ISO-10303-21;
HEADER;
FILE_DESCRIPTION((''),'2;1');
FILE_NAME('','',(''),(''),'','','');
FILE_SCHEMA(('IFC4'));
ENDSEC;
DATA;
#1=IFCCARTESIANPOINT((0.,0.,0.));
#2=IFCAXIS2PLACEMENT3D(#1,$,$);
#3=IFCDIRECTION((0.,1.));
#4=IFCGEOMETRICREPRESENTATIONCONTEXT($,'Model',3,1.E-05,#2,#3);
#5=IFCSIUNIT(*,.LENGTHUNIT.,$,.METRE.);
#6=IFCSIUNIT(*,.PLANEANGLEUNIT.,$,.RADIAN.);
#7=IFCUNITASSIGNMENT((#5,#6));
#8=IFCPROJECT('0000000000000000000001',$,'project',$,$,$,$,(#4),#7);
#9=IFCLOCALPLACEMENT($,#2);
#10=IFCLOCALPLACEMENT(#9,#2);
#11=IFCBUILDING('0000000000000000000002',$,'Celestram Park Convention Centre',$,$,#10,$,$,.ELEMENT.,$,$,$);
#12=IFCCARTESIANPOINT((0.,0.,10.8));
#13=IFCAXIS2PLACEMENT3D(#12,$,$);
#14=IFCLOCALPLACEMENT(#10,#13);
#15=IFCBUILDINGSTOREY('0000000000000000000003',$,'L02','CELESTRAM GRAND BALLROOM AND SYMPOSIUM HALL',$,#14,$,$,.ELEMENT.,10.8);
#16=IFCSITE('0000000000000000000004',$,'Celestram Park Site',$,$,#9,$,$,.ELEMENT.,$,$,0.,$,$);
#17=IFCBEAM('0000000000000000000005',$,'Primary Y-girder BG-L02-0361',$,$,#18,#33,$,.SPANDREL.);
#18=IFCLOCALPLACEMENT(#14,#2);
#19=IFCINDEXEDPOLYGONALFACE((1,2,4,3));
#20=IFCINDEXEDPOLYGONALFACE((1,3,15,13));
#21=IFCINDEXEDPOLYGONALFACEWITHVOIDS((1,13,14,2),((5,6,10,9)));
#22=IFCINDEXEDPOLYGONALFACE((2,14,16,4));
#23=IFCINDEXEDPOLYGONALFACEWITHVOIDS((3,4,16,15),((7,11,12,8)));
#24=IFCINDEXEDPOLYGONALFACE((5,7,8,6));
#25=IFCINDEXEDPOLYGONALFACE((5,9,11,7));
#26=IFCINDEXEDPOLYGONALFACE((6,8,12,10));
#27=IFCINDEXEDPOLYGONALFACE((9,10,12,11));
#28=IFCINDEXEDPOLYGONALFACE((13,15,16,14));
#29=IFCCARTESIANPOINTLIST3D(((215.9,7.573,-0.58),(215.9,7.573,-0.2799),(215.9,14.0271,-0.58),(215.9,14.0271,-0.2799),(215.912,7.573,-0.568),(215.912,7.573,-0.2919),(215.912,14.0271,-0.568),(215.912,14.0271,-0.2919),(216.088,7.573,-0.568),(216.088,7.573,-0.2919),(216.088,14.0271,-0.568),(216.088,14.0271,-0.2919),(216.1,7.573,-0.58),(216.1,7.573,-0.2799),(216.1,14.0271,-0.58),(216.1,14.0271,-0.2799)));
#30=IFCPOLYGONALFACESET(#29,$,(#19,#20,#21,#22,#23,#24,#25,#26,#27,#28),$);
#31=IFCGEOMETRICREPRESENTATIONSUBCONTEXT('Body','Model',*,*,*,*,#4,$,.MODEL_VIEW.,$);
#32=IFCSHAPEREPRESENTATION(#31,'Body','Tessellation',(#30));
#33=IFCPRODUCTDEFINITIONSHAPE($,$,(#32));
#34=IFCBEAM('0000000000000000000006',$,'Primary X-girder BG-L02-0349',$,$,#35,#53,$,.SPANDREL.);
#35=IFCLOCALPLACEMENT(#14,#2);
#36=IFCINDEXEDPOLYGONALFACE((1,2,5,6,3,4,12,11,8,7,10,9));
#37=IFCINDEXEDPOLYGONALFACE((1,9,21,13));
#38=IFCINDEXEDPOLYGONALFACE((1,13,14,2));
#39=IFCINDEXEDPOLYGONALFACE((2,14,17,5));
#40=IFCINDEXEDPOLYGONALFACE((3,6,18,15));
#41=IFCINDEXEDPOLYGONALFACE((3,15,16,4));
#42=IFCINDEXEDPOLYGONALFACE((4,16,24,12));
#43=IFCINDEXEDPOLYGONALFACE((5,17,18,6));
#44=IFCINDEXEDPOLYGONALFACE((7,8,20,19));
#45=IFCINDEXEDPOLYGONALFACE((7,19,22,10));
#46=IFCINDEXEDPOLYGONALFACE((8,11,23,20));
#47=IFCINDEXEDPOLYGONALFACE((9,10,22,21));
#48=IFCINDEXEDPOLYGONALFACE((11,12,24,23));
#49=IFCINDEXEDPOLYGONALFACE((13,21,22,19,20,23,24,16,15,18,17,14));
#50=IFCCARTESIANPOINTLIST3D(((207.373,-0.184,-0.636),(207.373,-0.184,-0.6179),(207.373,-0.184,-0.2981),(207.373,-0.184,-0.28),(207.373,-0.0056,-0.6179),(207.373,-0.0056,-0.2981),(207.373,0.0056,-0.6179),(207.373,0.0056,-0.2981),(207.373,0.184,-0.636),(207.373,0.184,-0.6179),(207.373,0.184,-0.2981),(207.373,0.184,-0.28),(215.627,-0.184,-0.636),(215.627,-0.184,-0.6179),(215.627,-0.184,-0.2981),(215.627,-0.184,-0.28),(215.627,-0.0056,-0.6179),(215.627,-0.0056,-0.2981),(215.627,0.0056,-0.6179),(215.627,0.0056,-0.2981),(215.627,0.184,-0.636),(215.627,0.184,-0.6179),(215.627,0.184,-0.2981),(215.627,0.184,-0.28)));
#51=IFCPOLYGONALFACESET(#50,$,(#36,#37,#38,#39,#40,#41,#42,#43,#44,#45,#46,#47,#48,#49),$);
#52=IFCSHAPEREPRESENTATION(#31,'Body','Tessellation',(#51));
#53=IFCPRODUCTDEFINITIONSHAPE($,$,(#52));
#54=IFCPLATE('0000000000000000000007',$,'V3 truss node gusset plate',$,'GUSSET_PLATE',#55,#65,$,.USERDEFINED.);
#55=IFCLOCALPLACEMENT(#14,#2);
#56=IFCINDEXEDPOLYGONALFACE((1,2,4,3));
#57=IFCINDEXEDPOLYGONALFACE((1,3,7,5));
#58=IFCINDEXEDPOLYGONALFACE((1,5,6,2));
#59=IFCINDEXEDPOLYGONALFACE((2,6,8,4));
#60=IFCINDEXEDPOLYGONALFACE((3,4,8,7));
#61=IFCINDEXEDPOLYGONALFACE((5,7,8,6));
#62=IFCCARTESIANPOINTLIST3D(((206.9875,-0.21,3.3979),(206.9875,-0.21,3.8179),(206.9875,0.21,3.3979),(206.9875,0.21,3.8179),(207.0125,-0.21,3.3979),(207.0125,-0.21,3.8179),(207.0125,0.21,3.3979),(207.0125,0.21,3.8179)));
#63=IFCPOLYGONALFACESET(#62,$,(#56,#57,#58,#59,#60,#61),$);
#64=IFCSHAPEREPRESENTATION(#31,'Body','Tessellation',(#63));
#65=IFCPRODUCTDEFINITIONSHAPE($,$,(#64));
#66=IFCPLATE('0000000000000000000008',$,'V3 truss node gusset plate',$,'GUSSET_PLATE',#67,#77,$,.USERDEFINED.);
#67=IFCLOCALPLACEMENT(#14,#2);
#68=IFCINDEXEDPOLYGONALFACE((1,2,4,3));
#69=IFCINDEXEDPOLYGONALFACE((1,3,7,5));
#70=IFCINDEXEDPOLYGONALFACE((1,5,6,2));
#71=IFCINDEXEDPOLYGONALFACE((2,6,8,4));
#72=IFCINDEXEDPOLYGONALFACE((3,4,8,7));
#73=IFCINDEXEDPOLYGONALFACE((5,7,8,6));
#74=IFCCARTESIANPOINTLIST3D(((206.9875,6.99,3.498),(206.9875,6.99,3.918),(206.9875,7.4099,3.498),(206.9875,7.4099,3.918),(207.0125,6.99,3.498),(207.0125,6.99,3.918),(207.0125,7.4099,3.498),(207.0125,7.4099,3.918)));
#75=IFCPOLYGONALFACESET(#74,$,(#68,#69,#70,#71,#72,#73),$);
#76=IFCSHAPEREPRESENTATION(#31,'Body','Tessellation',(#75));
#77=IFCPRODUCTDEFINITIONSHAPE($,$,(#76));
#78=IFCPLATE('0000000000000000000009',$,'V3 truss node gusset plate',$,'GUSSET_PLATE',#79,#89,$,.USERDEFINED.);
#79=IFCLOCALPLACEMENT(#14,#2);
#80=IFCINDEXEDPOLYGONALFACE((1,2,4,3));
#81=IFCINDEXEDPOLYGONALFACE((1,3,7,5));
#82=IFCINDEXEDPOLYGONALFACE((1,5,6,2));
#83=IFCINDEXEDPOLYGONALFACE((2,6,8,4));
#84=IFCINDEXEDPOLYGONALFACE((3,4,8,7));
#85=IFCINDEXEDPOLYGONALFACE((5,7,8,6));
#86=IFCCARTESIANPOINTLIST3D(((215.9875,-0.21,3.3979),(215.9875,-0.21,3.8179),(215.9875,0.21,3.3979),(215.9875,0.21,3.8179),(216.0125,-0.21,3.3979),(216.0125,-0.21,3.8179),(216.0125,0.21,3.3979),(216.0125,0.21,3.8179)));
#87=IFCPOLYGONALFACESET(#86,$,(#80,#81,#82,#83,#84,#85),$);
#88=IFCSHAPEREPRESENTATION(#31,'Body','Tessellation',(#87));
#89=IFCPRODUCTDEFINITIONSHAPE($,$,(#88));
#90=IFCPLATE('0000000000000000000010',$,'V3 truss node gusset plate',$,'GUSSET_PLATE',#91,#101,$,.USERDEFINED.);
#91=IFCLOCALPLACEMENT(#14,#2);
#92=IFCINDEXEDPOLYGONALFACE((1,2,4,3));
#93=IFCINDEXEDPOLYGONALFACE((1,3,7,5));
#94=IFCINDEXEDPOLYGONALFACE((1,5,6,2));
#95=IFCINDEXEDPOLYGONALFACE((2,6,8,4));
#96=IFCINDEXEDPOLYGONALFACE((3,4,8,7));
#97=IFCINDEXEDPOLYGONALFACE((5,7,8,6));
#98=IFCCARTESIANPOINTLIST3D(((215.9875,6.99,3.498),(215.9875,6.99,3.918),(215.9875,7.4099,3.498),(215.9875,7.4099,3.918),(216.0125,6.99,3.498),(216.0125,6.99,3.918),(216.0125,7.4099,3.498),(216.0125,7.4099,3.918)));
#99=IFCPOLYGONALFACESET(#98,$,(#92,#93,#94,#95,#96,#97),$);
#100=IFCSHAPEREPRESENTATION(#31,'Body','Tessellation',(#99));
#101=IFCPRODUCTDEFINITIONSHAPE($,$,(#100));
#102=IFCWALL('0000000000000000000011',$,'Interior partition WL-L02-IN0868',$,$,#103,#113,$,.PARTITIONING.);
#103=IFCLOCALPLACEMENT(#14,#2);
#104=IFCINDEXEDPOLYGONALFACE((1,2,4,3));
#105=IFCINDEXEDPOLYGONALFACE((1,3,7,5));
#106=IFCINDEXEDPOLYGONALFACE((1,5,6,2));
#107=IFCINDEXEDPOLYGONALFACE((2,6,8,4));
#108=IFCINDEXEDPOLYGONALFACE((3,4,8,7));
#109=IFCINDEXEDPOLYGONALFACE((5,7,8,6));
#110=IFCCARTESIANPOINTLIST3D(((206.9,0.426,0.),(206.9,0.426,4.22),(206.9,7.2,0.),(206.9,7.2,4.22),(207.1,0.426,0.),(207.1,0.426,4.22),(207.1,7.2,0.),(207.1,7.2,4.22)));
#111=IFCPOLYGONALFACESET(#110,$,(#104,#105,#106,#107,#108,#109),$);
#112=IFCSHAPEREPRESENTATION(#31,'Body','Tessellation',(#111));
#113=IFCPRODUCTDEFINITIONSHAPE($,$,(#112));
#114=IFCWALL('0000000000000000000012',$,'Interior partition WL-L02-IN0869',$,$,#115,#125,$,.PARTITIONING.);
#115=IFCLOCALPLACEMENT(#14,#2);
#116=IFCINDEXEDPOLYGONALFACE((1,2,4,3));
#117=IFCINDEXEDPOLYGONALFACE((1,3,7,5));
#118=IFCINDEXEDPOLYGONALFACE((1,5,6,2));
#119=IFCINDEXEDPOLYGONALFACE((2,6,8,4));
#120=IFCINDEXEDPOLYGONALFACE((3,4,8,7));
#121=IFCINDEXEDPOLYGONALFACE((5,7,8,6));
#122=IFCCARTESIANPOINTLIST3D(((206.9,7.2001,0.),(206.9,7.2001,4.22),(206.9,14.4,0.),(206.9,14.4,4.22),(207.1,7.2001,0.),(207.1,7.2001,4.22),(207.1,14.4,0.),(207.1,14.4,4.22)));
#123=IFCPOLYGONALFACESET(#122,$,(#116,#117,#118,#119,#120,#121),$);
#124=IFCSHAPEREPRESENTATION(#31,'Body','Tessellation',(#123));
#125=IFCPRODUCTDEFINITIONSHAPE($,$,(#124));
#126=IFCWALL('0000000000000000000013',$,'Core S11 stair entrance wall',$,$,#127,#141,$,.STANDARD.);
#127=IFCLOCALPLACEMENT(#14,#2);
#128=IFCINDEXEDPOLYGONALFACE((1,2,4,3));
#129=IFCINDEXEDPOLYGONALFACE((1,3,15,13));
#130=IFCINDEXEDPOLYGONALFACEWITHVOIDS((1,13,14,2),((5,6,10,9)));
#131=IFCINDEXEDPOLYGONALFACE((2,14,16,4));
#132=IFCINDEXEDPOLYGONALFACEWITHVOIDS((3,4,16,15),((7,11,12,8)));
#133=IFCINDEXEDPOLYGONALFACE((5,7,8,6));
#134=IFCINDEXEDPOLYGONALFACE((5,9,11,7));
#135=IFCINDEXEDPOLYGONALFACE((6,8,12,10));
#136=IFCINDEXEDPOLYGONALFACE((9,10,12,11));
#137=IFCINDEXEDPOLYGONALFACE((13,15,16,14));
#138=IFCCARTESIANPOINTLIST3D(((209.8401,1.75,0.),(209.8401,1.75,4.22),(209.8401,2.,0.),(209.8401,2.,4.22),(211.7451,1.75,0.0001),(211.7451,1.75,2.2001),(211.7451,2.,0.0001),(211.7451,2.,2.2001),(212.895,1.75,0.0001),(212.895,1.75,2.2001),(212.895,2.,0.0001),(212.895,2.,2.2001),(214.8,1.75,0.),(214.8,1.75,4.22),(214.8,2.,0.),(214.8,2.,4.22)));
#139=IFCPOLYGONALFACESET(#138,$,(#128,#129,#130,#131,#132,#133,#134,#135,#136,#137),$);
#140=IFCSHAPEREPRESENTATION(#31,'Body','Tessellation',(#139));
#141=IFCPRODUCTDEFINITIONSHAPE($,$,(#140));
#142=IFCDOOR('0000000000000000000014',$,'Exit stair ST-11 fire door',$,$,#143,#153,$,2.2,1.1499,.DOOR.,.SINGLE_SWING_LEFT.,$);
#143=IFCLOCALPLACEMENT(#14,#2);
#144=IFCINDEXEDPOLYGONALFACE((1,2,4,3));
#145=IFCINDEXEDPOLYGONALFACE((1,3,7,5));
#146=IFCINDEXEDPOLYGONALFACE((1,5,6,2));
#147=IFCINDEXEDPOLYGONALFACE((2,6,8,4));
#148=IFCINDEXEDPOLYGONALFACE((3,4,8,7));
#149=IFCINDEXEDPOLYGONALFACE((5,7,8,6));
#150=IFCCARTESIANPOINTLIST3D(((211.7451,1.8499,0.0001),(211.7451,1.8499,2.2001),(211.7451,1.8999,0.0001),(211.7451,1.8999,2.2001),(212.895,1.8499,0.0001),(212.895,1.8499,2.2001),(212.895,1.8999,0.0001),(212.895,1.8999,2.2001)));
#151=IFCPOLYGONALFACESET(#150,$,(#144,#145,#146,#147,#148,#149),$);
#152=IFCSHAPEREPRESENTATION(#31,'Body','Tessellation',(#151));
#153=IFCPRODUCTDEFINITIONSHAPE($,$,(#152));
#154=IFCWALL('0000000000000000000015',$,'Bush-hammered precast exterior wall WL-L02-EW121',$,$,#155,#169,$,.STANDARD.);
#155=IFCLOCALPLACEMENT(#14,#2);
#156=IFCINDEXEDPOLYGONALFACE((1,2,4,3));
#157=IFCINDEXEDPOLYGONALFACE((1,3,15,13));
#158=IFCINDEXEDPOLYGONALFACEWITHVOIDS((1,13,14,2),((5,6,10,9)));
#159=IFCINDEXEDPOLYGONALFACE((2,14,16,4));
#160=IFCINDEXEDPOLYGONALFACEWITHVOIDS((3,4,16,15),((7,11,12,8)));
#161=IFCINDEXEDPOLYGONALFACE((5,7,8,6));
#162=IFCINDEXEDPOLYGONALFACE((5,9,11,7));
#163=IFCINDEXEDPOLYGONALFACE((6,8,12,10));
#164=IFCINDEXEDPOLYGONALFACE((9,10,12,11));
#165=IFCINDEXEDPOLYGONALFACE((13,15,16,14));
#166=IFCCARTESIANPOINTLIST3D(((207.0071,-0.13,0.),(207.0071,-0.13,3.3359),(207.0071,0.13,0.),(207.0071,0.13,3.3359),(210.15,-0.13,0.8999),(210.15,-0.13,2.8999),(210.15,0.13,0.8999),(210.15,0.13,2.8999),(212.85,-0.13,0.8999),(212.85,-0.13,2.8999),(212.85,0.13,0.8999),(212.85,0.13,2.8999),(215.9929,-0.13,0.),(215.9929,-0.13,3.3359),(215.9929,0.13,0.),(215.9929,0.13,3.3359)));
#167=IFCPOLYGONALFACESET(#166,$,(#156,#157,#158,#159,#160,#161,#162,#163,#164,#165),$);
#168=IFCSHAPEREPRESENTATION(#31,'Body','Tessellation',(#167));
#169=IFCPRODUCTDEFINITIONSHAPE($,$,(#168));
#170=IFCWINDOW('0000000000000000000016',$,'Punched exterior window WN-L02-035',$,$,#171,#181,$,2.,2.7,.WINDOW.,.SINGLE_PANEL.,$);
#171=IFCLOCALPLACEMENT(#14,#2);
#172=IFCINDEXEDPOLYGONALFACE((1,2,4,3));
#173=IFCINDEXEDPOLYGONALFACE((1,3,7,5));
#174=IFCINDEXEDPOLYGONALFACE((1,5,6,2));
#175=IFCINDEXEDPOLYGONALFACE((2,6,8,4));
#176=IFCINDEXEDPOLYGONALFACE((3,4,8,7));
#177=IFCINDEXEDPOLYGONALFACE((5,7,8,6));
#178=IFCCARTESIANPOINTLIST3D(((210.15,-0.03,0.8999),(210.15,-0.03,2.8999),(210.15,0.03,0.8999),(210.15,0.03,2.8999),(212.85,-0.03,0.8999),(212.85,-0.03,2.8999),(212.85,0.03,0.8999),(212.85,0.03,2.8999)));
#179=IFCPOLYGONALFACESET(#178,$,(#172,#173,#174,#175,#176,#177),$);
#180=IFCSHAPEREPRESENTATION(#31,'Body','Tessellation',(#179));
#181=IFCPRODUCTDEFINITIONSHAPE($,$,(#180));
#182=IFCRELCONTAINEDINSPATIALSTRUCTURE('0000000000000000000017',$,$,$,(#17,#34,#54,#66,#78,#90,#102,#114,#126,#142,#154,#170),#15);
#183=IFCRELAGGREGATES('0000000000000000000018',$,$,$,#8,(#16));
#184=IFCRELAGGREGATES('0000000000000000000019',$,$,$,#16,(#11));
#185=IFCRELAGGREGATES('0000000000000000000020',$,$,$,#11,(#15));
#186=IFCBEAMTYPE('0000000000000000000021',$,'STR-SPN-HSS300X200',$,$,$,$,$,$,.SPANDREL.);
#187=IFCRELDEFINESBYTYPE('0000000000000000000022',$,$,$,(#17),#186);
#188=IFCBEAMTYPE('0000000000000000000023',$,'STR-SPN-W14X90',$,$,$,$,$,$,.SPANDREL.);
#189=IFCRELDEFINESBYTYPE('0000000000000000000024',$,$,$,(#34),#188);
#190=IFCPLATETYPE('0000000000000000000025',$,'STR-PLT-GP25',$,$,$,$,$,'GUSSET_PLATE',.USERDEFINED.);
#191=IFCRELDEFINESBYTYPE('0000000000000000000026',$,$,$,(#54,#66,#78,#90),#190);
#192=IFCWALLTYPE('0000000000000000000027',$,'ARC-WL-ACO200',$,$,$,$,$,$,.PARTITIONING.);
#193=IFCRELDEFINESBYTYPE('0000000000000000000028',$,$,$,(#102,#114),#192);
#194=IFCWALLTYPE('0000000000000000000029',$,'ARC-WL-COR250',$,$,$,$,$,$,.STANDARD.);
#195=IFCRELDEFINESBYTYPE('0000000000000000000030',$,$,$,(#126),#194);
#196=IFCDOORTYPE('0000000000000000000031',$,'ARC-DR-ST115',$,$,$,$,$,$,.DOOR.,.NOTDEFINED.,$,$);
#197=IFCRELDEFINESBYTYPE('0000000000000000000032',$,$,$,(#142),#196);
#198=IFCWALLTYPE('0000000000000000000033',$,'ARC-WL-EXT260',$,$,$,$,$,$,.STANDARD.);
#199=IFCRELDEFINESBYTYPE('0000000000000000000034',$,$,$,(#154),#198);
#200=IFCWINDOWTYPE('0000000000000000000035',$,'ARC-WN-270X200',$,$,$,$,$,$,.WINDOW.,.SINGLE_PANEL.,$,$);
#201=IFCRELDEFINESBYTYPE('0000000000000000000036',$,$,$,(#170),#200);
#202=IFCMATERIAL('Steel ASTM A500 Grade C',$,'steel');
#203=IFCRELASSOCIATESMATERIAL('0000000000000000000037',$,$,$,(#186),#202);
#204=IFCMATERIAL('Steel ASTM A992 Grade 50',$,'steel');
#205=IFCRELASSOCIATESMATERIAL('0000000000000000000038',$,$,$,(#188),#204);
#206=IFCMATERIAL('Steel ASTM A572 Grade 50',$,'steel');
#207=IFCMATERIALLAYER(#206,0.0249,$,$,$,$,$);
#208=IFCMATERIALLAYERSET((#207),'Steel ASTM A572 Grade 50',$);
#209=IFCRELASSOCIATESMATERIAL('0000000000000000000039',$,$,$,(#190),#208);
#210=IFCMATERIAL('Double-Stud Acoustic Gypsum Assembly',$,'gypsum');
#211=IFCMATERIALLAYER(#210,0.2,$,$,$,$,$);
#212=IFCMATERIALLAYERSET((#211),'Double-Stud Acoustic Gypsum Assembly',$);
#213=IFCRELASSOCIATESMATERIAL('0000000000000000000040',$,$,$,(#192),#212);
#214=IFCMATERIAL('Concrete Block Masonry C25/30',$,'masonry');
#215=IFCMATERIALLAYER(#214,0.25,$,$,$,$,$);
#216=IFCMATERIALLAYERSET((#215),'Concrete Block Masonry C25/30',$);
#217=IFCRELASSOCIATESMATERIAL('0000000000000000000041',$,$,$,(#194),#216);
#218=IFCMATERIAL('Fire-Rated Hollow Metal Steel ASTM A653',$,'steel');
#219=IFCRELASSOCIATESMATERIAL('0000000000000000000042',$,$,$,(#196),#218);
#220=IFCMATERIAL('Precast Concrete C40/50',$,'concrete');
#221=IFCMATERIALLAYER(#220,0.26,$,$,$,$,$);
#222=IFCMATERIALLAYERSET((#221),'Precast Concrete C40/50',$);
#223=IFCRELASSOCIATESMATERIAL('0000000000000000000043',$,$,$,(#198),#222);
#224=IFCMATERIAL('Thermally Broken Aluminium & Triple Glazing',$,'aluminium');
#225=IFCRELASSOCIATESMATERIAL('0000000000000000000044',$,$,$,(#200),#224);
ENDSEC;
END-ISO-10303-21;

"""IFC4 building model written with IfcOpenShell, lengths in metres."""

from ifc_helpers import new_model, si_unit, direction, frame, frame_2d, origin, origin_2d, place, context, subcontext, project, spatial, rectangle, hollow_rectangle, i_section, extrude, material, layer, layer_set, material_profile, profile_set, type_object, element, fill, save


model = new_model("IFC4")

# Units and contexts
model_context = context("Model", 3, precision=1e-05, world=origin(), true_north=direction((0.0, 1.0)))
body_context = subcontext(model_context, "Body", "Model", "MODEL_VIEW")
ifc_project = project(units=[si_unit("LENGTHUNIT", "METRE"), si_unit("PLANEANGLEUNIT", "RADIAN")], contexts=[model_context])

# Site, building, storey
site_placement = place(None, origin())
site = spatial("IfcSite", under=ifc_project, at=site_placement, Name="Celestram Park Site", CompositionType="ELEMENT", RefElevation=0.0)
building_placement = place(site_placement, origin())
building = spatial("IfcBuilding", under=site, at=building_placement, Name="Celestram Park Convention Centre", CompositionType="ELEMENT")
storey_placement = place(building_placement, frame((0.0, 0.0, 10.8)))
storey = spatial("IfcBuildingStorey", under=building, at=storey_placement, Name="L02", Description="CELESTRAM GRAND BALLROOM AND SYMPOSIUM HALL", CompositionType="ELEMENT", Elevation=10.8)

# Shared definitions
ifc_material_1 = material(Name="Steel ASTM A992 Grade 50", Category="steel")

# Beams
ifc_material_2 = material(Name="Steel ASTM A500 Grade C", Category="steel")
ifc_material_profile_1 = material_profile(ifc_material_2, hollow_rectangle(XDim=0.2, YDim=0.3, WallThickness=0.012, at=origin_2d()), Name="HSS300X200X12")
ifc_profile_set_1 = profile_set([ifc_material_profile_1], Name="Steel ASTM A500 Grade C")
beam_type_1 = type_object("IfcBeamType", Name="STR-SPN-HSS300X200", PredefinedType="SPANDREL", material=ifc_profile_set_1)
beam_1_placement = place(storey_placement, frame((216.0, 7.573, -0.4299), z_axis=(0.0, 1.0, 0.0), x_axis=(-1.0, 0.0, 0.0)))
element("IfcBeam", 1, at=beam_1_placement, inside=storey, type_object=beam_type_1, Name="Primary Y-girder BG-L02-0361", PredefinedType="SPANDREL", context=body_context, shape_type="SweptSolid", body=[
    extrude(hollow_rectangle(XDim=0.2, YDim=0.3, WallThickness=0.012, at=origin_2d()), origin(), (0.0, 0.0, 1.0), 6.4541),
])
ifc_material_profile_2 = material_profile(ifc_material_1, i_section(OverallWidth=0.3679, OverallDepth=0.356, WebThickness=0.0112, FlangeThickness=0.0181, at=origin_2d()), Name="W14X90")
ifc_profile_set_2 = profile_set([ifc_material_profile_2], Name="Steel ASTM A992 Grade 50")
beam_type_2 = type_object("IfcBeamType", Name="STR-SPN-W14X90", PredefinedType="SPANDREL", material=ifc_profile_set_2)
beam_2_placement = place(storey_placement, frame((207.373, 0.0, -0.458), z_axis=(1.0, 0.0, 0.0), x_axis=(0.0, 1.0, 0.0)))
element("IfcBeam", 2, at=beam_2_placement, inside=storey, type_object=beam_type_2, Name="Primary X-girder BG-L02-0349", PredefinedType="SPANDREL", context=body_context, shape_type="SweptSolid", body=[
    extrude(i_section(OverallWidth=0.3679, OverallDepth=0.356, WebThickness=0.0112, FlangeThickness=0.0181, at=origin_2d()), origin(), (0.0, 0.0, 1.0), 8.2539),
])

# Plates
ifc_material_3 = material(Name="Steel ASTM A572 Grade 50", Category="steel")
ifc_layer_1 = layer(ifc_material_3, 0.0249)
ifc_layer_set_1 = layer_set([ifc_layer_1], Name="Steel ASTM A572 Grade 50")
plate_type = type_object("IfcPlateType", Name="STR-PLT-GP25", ElementType="GUSSET_PLATE", PredefinedType="USERDEFINED", material=ifc_layer_set_1)
for number, where, z_axis, x_axis, name in (
    (3, (207.0, 0.0, 3.3979), (0.0, 0.0, 1.0), (0.0, 1.0, 0.0), "V3 truss node gusset plate"),
    (4, (207.0, 7.2, 3.498), (0.0, 0.0, 1.0), (0.0, 1.0, 0.0), "V3 truss node gusset plate"),
    (5, (216.0, 0.0, 3.3979), (0.0, 0.0, 1.0), (0.0, 1.0, 0.0), "V3 truss node gusset plate"),
    (6, (216.0, 7.2, 3.498), (0.0, 0.0, 1.0), (0.0, 1.0, 0.0), "V3 truss node gusset plate"),
):
    element("IfcPlate", number, at=place(storey_placement, frame(where, z_axis=z_axis, x_axis=x_axis)), inside=storey, type_object=plate_type, Name=name, ObjectType="GUSSET_PLATE", PredefinedType="USERDEFINED", context=body_context, shape_type="SweptSolid", body=[
        extrude(rectangle(XDim=0.4199, YDim=0.0249, at=origin_2d()), origin(), (0.0, 0.0, 1.0), 0.4199),
    ])

# Walls
ifc_material_4 = material(Name="Double-Stud Acoustic Gypsum Assembly", Category="gypsum")
ifc_layer_2 = layer(ifc_material_4, 0.2)
ifc_layer_set_2 = layer_set([ifc_layer_2], Name="Double-Stud Acoustic Gypsum Assembly")
wall_type_1 = type_object("IfcWallType", Name="ARC-WL-ACO200", PredefinedType="PARTITIONING", material=ifc_layer_set_2)
wall_1_placement = place(storey_placement, frame((207.0, 0.426, 0.0), z_axis=(0.0, 0.0, 1.0), x_axis=(0.0, 1.0, 0.0)))
element("IfcWall", 7, at=wall_1_placement, inside=storey, type_object=wall_type_1, Name="Interior partition WL-L02-IN0868", PredefinedType="PARTITIONING", context=body_context, shape_type="SweptSolid", body=[
    extrude(rectangle(XDim=6.7739, YDim=0.2, at=frame_2d((3.387, 0.0))), origin(), (0.0, 0.0, 1.0), 4.22),
])
wall_2_placement = place(storey_placement, frame((207.0, 7.2, 0.0), z_axis=(0.0, 0.0, 1.0), x_axis=(0.0, 1.0, 0.0)))
element("IfcWall", 8, at=wall_2_placement, inside=storey, type_object=wall_type_1, Name="Interior partition WL-L02-IN0869", PredefinedType="PARTITIONING", context=body_context, shape_type="SweptSolid", body=[
    extrude(rectangle(XDim=7.2, YDim=0.2, at=frame_2d((3.6001, 0.0))), origin(), (0.0, 0.0, 1.0), 4.22),
])

# Wall, opening, door
ifc_material_5 = material(Name="Concrete Block Masonry C25/30", Category="masonry")
ifc_layer_3 = layer(ifc_material_5, 0.25)
ifc_layer_set_3 = layer_set([ifc_layer_3], Name="Concrete Block Masonry C25/30")
wall_type_2 = type_object("IfcWallType", Name="ARC-WL-COR250", PredefinedType="STANDARD", material=ifc_layer_set_3)
wall_3_placement = place(storey_placement, frame((209.8401, 1.875, 0.0), z_axis=(0.0, 0.0, 1.0), x_axis=(1.0, 0.0, 0.0)))
wall_3 = element("IfcWall", 9, at=wall_3_placement, inside=storey, type_object=wall_type_2, Name="Core S11 stair entrance wall", PredefinedType="STANDARD", context=body_context, shape_type="SweptSolid", body=[
    extrude(rectangle(XDim=4.96, YDim=0.25, at=frame_2d((2.48, 0.0))), origin(), (0.0, 0.0, 1.0), 4.22),
])
opening_1_placement = place(wall_3_placement, frame((1.905, 0.0, 0.0)))
opening_1 = element("IfcOpeningElement", 10, at=opening_1_placement, cuts=wall_3, PredefinedType="OPENING", context=body_context, shape_type="SweptSolid", body=[
    extrude(rectangle(XDim=1.1499, YDim=2.2, at=frame_2d((0.575, 1.1001))), frame((0.0, 0.135, 0.0), z_axis=(0.0, -1.0, 0.0), x_axis=(1.0, 0.0, 0.0)), (0.0, 0.0, 1.0), 0.27),
])
ifc_material_6 = material(Name="Fire-Rated Hollow Metal Steel ASTM A653", Category="steel")
door_type = type_object("IfcDoorType", Name="ARC-DR-ST115", OperationType="NOTDEFINED", PredefinedType="DOOR", material=ifc_material_6)
door_placement = place(opening_1_placement, origin())
door = element("IfcDoor", 11, at=door_placement, inside=storey, type_object=door_type, Name="Exit stair ST-11 fire door", OperationType="SINGLE_SWING_LEFT", OverallHeight=2.2, OverallWidth=1.1499, PredefinedType="DOOR", context=body_context, shape_type="SweptSolid", body=[
    extrude(rectangle(XDim=1.1499, YDim=2.2, at=frame_2d((0.575, 1.1001))), frame((0.0, 0.0249, 0.0), z_axis=(0.0, -1.0, 0.0), x_axis=(1.0, 0.0, 0.0)), (0.0, 0.0, 1.0), 0.05),
])
fill(opening_1, door)

# Wall, opening, window
ifc_material_7 = material(Name="Precast Concrete C40/50", Category="concrete")
ifc_layer_4 = layer(ifc_material_7, 0.26)
ifc_layer_set_4 = layer_set([ifc_layer_4], Name="Precast Concrete C40/50")
wall_type_3 = type_object("IfcWallType", Name="ARC-WL-EXT260", PredefinedType="STANDARD", material=ifc_layer_set_4)
wall_4_placement = place(storey_placement, frame((215.9929, 0.0, 0.0), z_axis=(0.0, 0.0, 1.0), x_axis=(-1.0, 0.0, 0.0)))
wall_4 = element("IfcWall", 12, at=wall_4_placement, inside=storey, type_object=wall_type_3, Name="Bush-hammered precast exterior wall WL-L02-EW121", PredefinedType="STANDARD", context=body_context, shape_type="SweptSolid", body=[
    extrude(rectangle(XDim=8.9858, YDim=0.26, at=frame_2d((4.4929, 0.0))), origin(), (0.0, 0.0, 1.0), 3.3359),
])
opening_2_placement = place(wall_4_placement, frame((3.1428, 0.0, 0.8999)))
opening_2 = element("IfcOpeningElement", 13, at=opening_2_placement, cuts=wall_4, PredefinedType="OPENING", context=body_context, shape_type="SweptSolid", body=[
    extrude(rectangle(XDim=2.7, YDim=2.0, at=frame_2d((1.3501, 1.0))), frame((0.0, 0.1399, 0.0), z_axis=(0.0, -1.0, 0.0), x_axis=(1.0, 0.0, 0.0)), (0.0, 0.0, 1.0), 0.28),
])
ifc_material_8 = material(Name="Thermally Broken Aluminium & Triple Glazing", Category="aluminium")
window_type_1 = type_object("IfcWindowType", Name="ARC-WN-270X200", PartitioningType="SINGLE_PANEL", PredefinedType="WINDOW", material=ifc_material_8)
window_1_placement = place(opening_2_placement, origin())
window_1 = element("IfcWindow", 14, at=window_1_placement, inside=storey, type_object=window_type_1, Name="Punched exterior window WN-L02-035", OverallHeight=2.0, OverallWidth=2.7, PartitioningType="SINGLE_PANEL", PredefinedType="WINDOW", context=body_context, shape_type="SweptSolid", body=[
    extrude(rectangle(XDim=2.7, YDim=2.0, at=frame_2d((1.3501, 1.0))), frame((0.0, 0.03, 0.0), z_axis=(0.0, -1.0, 0.0), x_axis=(1.0, 0.0, 0.0)), (0.0, 0.0, 1.0), 0.0601),
])
fill(opening_2, window_1)

save(model, "model.ifc")
